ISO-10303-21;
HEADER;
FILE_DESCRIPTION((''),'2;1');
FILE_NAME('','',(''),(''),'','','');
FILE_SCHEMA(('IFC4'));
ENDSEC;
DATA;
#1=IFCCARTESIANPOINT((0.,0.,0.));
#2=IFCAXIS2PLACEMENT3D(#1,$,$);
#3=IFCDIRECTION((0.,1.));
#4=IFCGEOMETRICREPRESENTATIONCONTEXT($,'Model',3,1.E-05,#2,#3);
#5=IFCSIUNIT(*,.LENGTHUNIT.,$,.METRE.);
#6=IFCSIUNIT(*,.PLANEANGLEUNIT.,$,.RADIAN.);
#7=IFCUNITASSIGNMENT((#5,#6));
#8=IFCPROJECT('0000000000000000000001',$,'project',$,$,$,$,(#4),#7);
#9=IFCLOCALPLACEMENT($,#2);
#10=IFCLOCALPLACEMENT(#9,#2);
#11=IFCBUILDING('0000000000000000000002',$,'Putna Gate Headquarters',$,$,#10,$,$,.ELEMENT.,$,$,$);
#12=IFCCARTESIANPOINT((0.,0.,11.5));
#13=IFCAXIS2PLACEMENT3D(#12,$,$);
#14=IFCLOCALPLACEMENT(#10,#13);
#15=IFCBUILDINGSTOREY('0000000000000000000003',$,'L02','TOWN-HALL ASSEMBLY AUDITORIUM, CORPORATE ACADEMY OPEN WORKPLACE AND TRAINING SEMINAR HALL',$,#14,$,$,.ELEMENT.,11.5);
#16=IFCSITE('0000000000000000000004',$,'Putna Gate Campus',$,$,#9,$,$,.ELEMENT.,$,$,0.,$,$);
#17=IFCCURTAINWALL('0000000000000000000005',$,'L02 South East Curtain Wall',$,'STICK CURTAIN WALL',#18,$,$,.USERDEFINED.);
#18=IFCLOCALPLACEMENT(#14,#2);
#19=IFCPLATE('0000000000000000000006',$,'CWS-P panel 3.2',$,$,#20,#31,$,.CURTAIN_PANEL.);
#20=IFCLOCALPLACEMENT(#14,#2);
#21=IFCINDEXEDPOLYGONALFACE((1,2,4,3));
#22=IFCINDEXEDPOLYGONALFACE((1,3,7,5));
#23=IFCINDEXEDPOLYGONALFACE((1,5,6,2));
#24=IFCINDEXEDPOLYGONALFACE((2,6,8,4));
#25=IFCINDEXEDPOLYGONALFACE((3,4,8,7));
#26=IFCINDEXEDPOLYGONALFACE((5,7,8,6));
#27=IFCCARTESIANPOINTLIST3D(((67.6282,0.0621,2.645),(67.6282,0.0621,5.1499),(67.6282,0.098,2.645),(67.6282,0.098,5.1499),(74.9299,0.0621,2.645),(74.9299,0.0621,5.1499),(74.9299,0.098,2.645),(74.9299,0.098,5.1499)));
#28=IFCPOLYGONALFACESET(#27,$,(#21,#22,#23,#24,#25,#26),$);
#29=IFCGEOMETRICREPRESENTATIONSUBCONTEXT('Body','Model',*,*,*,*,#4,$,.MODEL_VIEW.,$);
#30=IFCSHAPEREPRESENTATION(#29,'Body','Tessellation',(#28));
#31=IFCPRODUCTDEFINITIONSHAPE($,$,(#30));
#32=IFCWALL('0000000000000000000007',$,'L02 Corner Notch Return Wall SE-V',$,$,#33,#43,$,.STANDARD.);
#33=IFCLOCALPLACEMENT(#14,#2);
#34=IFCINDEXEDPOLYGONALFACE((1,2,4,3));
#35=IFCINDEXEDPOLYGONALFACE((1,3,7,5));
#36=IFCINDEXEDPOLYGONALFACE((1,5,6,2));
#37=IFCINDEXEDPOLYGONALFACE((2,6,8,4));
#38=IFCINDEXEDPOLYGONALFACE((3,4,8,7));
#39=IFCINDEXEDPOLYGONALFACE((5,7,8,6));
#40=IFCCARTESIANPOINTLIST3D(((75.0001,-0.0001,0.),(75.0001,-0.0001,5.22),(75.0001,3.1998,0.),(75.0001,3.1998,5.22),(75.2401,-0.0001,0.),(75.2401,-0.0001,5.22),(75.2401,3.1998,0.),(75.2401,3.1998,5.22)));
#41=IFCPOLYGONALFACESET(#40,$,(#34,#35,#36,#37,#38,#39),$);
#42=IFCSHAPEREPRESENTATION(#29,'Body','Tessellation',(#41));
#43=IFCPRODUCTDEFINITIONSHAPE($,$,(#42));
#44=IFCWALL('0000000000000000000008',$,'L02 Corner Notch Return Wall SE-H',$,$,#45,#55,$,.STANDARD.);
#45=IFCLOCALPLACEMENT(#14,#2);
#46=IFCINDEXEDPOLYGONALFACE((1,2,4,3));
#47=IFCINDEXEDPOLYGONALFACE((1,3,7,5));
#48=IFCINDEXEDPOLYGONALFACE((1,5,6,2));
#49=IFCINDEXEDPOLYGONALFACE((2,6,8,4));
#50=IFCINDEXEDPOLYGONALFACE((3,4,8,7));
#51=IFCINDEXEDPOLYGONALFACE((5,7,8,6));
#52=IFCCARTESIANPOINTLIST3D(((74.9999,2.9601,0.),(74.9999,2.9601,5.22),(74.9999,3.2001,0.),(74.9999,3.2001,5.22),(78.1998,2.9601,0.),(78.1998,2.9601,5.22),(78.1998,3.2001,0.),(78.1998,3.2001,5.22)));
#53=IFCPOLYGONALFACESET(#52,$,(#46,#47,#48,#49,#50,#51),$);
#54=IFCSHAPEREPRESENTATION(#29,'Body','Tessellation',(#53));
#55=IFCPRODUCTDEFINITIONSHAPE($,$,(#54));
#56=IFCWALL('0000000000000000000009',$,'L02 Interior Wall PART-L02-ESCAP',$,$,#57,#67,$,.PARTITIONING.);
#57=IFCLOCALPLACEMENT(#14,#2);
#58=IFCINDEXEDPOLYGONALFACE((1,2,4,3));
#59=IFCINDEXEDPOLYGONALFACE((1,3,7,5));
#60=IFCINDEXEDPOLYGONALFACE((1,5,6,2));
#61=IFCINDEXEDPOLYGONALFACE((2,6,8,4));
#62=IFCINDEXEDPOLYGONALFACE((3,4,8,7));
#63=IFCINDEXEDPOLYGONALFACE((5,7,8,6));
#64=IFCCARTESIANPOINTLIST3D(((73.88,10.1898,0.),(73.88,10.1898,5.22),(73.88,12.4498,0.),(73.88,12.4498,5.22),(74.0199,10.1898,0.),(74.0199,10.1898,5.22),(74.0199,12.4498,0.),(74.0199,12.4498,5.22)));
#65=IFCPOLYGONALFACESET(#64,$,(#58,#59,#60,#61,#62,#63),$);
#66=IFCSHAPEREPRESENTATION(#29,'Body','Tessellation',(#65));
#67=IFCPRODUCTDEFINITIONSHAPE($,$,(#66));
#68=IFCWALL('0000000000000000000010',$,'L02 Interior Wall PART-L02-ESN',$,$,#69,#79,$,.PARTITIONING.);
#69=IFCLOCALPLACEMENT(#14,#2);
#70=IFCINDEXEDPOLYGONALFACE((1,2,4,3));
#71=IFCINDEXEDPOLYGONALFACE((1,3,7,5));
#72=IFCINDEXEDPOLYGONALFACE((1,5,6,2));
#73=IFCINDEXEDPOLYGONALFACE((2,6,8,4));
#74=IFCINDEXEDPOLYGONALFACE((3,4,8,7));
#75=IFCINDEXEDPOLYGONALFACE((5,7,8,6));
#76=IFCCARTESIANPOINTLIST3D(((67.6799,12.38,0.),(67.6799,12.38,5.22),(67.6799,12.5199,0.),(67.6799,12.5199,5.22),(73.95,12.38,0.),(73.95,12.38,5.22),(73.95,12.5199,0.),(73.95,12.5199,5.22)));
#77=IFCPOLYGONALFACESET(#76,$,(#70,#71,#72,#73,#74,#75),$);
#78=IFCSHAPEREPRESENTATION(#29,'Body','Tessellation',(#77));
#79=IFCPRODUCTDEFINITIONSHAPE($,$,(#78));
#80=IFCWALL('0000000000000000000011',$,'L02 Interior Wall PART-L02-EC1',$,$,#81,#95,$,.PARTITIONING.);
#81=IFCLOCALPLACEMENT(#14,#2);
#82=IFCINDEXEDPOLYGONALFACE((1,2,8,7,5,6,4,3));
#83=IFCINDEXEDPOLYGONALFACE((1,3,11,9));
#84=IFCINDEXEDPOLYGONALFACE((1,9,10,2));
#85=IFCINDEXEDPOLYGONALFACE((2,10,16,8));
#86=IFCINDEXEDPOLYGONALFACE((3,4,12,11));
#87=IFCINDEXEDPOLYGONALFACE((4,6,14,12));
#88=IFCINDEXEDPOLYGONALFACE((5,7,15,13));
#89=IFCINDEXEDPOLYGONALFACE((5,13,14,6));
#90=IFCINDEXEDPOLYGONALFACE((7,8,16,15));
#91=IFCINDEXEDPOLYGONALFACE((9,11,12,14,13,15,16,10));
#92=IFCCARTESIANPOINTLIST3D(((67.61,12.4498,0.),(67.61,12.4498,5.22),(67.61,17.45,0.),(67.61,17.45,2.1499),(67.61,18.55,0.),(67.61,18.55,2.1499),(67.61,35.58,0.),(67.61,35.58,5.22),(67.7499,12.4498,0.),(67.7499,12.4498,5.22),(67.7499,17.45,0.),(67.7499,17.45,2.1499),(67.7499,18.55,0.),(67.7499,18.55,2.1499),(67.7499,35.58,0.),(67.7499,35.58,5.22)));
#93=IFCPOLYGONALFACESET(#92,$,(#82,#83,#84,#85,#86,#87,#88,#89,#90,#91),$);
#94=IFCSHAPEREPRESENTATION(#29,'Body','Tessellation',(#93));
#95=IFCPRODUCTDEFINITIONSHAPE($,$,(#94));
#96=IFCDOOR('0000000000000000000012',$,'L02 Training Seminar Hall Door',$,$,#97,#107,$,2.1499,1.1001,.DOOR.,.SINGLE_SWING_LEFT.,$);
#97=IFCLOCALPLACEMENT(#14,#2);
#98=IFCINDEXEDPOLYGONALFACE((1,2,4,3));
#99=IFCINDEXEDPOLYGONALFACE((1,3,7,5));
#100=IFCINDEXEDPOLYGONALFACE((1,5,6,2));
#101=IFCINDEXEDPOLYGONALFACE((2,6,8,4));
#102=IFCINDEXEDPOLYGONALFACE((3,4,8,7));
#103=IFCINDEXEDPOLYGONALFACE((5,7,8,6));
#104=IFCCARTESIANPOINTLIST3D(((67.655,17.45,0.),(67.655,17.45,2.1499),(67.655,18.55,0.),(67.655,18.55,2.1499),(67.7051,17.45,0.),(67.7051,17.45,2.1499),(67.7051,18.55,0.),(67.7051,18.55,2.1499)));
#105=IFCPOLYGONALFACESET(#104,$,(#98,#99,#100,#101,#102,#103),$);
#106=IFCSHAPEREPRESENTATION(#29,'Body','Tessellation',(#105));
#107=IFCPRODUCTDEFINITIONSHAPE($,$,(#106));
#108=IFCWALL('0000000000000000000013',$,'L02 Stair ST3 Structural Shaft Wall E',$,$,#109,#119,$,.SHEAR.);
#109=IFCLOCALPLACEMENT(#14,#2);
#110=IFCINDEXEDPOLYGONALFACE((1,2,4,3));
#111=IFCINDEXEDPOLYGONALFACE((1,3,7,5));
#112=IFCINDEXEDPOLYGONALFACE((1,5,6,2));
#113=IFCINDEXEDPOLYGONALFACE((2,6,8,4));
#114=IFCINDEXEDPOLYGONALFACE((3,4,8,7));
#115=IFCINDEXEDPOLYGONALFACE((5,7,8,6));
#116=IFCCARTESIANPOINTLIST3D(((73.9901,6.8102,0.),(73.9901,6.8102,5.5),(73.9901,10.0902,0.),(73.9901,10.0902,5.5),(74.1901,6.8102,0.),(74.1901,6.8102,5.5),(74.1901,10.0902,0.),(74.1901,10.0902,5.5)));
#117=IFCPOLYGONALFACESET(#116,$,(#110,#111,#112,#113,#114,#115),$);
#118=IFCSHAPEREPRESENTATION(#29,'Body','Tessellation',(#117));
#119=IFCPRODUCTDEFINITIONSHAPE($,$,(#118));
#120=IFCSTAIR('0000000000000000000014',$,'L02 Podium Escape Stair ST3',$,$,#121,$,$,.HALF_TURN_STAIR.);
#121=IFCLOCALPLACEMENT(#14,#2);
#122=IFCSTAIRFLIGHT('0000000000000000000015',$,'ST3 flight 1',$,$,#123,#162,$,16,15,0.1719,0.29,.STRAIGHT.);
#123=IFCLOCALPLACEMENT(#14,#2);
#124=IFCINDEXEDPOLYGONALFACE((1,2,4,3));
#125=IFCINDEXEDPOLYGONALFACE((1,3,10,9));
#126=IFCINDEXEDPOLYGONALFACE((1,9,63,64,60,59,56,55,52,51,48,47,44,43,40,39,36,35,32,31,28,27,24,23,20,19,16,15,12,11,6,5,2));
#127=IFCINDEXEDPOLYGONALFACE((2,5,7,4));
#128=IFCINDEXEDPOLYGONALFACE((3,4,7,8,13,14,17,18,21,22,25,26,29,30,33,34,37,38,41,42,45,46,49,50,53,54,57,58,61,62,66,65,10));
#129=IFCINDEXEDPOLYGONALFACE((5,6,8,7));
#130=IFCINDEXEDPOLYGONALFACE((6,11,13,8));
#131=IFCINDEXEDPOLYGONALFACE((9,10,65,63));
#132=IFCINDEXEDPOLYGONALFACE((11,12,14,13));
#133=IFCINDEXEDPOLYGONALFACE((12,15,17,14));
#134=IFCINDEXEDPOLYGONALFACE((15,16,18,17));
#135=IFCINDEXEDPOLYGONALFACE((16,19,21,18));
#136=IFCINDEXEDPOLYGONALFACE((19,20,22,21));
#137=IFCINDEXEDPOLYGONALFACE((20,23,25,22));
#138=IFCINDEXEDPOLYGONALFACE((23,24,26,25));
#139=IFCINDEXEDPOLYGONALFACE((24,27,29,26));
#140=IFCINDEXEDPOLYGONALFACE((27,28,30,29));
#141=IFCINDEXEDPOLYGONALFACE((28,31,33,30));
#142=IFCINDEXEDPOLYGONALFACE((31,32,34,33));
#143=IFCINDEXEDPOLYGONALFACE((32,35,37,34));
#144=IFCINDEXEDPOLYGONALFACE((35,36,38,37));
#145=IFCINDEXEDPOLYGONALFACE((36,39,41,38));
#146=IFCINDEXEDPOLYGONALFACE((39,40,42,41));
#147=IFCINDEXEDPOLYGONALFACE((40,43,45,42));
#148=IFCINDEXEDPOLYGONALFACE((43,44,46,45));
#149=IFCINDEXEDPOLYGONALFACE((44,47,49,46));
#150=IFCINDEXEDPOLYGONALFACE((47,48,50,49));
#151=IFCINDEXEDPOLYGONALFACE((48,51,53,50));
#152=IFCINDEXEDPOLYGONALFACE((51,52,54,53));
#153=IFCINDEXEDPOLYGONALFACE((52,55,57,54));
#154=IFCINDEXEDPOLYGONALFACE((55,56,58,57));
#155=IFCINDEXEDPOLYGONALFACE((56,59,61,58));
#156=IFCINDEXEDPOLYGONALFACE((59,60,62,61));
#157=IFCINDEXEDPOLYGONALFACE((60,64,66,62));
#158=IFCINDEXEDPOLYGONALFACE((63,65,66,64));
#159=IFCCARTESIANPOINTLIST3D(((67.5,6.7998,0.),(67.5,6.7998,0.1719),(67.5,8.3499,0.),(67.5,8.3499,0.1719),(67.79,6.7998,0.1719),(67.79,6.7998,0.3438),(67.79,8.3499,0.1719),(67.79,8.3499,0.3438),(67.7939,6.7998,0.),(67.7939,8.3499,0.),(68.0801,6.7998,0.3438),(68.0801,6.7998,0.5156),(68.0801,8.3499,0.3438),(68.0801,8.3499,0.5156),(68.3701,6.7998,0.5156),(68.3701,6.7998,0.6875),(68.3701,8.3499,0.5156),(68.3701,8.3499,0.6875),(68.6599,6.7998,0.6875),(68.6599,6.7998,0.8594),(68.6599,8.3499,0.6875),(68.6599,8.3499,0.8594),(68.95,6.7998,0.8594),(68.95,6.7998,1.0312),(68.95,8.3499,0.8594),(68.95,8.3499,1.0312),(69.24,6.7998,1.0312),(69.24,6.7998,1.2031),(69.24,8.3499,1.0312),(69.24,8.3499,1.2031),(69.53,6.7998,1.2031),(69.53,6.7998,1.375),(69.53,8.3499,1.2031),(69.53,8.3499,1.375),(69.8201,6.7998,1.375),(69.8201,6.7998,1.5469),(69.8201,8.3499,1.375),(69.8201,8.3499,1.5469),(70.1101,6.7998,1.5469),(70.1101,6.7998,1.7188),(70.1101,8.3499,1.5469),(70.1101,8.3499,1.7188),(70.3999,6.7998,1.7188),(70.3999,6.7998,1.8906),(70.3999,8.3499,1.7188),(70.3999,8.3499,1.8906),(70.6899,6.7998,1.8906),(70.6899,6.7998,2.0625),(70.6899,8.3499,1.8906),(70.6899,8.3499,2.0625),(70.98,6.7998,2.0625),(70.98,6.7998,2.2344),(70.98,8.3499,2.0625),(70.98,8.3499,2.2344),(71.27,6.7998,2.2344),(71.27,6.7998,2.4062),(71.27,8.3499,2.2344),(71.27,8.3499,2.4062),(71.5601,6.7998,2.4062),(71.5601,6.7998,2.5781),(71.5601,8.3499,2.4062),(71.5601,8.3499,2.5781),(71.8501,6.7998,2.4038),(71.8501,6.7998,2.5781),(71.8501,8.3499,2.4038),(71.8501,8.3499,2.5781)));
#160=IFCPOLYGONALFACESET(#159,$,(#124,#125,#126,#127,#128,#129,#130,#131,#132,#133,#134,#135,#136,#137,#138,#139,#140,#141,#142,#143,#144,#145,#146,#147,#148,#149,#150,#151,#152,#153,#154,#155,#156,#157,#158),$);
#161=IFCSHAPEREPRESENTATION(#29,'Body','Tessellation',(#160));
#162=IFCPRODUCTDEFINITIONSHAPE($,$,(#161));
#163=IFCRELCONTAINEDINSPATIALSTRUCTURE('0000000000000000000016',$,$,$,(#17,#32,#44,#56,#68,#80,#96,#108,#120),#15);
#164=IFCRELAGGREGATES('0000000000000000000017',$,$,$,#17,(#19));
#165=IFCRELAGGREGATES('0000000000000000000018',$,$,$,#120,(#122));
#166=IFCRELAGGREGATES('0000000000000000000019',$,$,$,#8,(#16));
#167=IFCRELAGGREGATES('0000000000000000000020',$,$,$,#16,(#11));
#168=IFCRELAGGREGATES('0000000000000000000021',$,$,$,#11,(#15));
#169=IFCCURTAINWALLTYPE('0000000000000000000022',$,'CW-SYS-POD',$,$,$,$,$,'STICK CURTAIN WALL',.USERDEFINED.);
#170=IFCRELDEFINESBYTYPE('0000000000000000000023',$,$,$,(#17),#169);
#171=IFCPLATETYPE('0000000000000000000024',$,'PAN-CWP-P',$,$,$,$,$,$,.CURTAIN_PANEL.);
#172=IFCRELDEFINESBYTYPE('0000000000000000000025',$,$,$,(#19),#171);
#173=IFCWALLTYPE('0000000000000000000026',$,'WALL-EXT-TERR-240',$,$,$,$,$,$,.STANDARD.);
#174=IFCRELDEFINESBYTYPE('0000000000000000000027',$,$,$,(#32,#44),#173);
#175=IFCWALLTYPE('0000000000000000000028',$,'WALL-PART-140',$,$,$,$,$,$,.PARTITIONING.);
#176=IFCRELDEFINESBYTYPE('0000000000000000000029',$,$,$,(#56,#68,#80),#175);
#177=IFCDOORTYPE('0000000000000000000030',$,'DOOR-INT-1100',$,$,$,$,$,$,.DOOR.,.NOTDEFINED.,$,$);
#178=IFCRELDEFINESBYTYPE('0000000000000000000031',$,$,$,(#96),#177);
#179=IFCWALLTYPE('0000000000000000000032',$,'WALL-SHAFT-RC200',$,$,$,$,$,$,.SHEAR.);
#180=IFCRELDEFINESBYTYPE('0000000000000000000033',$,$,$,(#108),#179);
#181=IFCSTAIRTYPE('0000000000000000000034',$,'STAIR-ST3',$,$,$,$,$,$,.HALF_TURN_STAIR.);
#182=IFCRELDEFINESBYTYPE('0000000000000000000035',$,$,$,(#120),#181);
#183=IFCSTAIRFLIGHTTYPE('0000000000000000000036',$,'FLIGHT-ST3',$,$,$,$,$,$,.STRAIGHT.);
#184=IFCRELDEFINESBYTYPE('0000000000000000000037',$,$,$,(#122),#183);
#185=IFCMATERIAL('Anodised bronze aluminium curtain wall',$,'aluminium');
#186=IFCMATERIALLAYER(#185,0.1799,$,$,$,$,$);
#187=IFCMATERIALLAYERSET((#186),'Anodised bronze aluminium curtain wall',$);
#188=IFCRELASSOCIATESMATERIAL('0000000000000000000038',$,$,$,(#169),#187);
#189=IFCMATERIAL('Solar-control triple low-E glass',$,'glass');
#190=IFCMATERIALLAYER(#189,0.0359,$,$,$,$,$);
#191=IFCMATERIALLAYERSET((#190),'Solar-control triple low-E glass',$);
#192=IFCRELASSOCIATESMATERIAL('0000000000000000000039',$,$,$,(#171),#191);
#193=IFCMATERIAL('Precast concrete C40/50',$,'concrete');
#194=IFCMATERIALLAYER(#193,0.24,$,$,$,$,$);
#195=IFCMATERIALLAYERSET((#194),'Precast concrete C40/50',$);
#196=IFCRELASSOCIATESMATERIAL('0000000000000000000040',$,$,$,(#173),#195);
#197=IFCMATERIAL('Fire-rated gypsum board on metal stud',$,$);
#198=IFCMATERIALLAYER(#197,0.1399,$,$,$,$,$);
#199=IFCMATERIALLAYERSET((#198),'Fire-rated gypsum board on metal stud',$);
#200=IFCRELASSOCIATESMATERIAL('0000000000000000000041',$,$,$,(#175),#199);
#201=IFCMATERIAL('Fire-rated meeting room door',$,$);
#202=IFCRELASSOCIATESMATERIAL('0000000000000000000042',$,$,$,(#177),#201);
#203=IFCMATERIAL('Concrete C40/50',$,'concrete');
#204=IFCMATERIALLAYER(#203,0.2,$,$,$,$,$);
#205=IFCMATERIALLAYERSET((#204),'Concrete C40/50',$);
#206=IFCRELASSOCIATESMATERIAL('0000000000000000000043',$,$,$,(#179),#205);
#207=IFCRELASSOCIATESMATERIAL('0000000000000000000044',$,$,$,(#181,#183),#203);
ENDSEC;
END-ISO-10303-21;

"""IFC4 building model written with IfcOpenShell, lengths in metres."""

from ifc_helpers import new_model, si_unit, direction, frame, frame_2d, origin, origin_2d, place, context, subcontext, project, spatial, polyline, rectangle, outline, extrude, material, layer, layer_set, type_object, element, fill, aggregate, save


model = new_model("IFC4")

# Units and contexts
model_context = context("Model", 3, precision=1e-05, world=origin(), true_north=direction((0.0, 1.0)))
body_context = subcontext(model_context, "Body", "Model", "MODEL_VIEW")
ifc_project = project(units=[si_unit("LENGTHUNIT", "METRE"), si_unit("PLANEANGLEUNIT", "RADIAN")], contexts=[model_context])

# Site, building, storey
site_placement = place(None, origin())
site = spatial("IfcSite", under=ifc_project, at=site_placement, Name="Putna Gate Campus", CompositionType="ELEMENT", RefElevation=0.0)
building_placement = place(site_placement, origin())
building = spatial("IfcBuilding", under=site, at=building_placement, Name="Putna Gate Headquarters", CompositionType="ELEMENT")
storey_placement = place(building_placement, frame((0.0, 0.0, 11.5)))
storey = spatial("IfcBuildingStorey", under=building, at=storey_placement, Name="L02", Description="TOWN-HALL ASSEMBLY AUDITORIUM, CORPORATE ACADEMY OPEN WORKPLACE AND TRAINING SEMINAR HALL", CompositionType="ELEMENT", Elevation=11.5)

# Curtain wall, plate
ifc_material_1 = material(Name="Anodised bronze aluminium curtain wall", Category="aluminium")
ifc_layer_1 = layer(ifc_material_1, 0.1799)
ifc_layer_set_1 = layer_set([ifc_layer_1], Name="Anodised bronze aluminium curtain wall")
curtain_wall_type = type_object("IfcCurtainWallType", Name="CW-SYS-POD", ElementType="STICK CURTAIN WALL", PredefinedType="USERDEFINED", material=ifc_layer_set_1)
curtain_wall_placement = place(storey_placement, origin())
curtain_wall = element("IfcCurtainWall", 1, at=curtain_wall_placement, inside=storey, type_object=curtain_wall_type, Name="L02 South East Curtain Wall", ObjectType="STICK CURTAIN WALL", PredefinedType="USERDEFINED")
ifc_material_2 = material(Name="Solar-control triple low-E glass", Category="glass")
ifc_layer_2 = layer(ifc_material_2, 0.0359)
ifc_layer_set_2 = layer_set([ifc_layer_2], Name="Solar-control triple low-E glass")
plate_type = type_object("IfcPlateType", Name="PAN-CWP-P", PredefinedType="CURTAIN_PANEL", material=ifc_layer_set_2)
plate_1_placement = place(storey_placement, frame((71.2791, 0.0801, 2.645), z_axis=(0.0, 0.0, 1.0), x_axis=(1.0, 0.0, 0.0)))
plate_1 = element("IfcPlate", 2, at=plate_1_placement, type_object=plate_type, Name="CWS-P panel 3.2", PredefinedType="CURTAIN_PANEL", context=body_context, shape_type="SweptSolid", body=[
    extrude(rectangle(XDim=7.3018, YDim=0.0359, at=origin_2d()), origin(), (0.0, 0.0, 1.0), 2.5049),
])
aggregate(curtain_wall, [plate_1])

# Walls
ifc_material_3 = material(Name="Precast concrete C40/50", Category="concrete")
ifc_layer_3 = layer(ifc_material_3, 0.24)
ifc_layer_set_3 = layer_set([ifc_layer_3], Name="Precast concrete C40/50")
wall_type_1 = type_object("IfcWallType", Name="WALL-EXT-TERR-240", PredefinedType="STANDARD", material=ifc_layer_set_3)
for number, where, z_axis, x_axis, name in (
    (3, (75.1201, 3.2, 0.0), (0.0, 0.0, 1.0), (0.0, -1.0, 0.0), "L02 Corner Notch Return Wall SE-V"),
    (4, (78.2, 3.0801, 0.0), (0.0, 0.0, 1.0), (-1.0, 0.0, 0.0), "L02 Corner Notch Return Wall SE-H"),
):
    element("IfcWall", number, at=place(storey_placement, frame(where, z_axis=z_axis, x_axis=x_axis)), inside=storey, type_object=wall_type_1, Name=name, PredefinedType="STANDARD", context=body_context, shape_type="SweptSolid", body=[
        extrude(rectangle(XDim=3.2, YDim=0.24, at=frame_2d((1.6001, 0.0))), origin(), (0.0, 0.0, 1.0), 5.22),
    ])
ifc_material_4 = material(Name="Fire-rated gypsum board on metal stud")
ifc_layer_4 = layer(ifc_material_4, 0.1399)
ifc_layer_set_4 = layer_set([ifc_layer_4], Name="Fire-rated gypsum board on metal stud")
wall_type_2 = type_object("IfcWallType", Name="WALL-PART-140", PredefinedType="PARTITIONING", material=ifc_layer_set_4)
wall_1_placement = place(storey_placement, frame((73.95, 10.1899, 0.0), z_axis=(0.0, 0.0, 1.0), x_axis=(0.0, 1.0, 0.0)))
element("IfcWall", 5, at=wall_1_placement, inside=storey, type_object=wall_type_2, Name="L02 Interior Wall PART-L02-ESCAP", PredefinedType="PARTITIONING", context=body_context, shape_type="SweptSolid", body=[
    extrude(rectangle(XDim=2.26, YDim=0.1399, at=frame_2d((1.1299, 0.0))), origin(), (0.0, 0.0, 1.0), 5.22),
])
wall_2_placement = place(storey_placement, frame((67.6799, 12.45, 0.0), z_axis=(0.0, 0.0, 1.0), x_axis=(1.0, 0.0, 0.0)))
element("IfcWall", 6, at=wall_2_placement, inside=storey, type_object=wall_type_2, Name="L02 Interior Wall PART-L02-ESN", PredefinedType="PARTITIONING", context=body_context, shape_type="SweptSolid", body=[
    extrude(rectangle(XDim=6.27, YDim=0.1399, at=frame_2d((3.135, 0.0))), origin(), (0.0, 0.0, 1.0), 5.22),
])

# Wall, opening, door
wall_3_placement = place(storey_placement, frame((67.6799, 12.45, 0.0), z_axis=(0.0, 0.0, 1.0), x_axis=(0.0, 1.0, 0.0)))
wall_3 = element("IfcWall", 7, at=wall_3_placement, inside=storey, type_object=wall_type_2, Name="L02 Interior Wall PART-L02-EC1", PredefinedType="PARTITIONING", context=body_context, shape_type="SweptSolid", body=[
    extrude(rectangle(XDim=23.1301, YDim=0.1399, at=frame_2d((11.5649, 0.0))), origin(), (0.0, 0.0, 1.0), 5.22),
])
opening_placement = place(wall_3_placement, frame((5.0, 0.0, 0.0)))
opening = element("IfcOpeningElement", 8, at=opening_placement, cuts=wall_3, PredefinedType="OPENING", context=body_context, shape_type="SweptSolid", body=[
    extrude(rectangle(XDim=1.1001, YDim=2.1499, at=frame_2d((0.55, 1.075))), frame((0.0, 0.0798, 0.0), z_axis=(0.0, -1.0, 0.0), x_axis=(1.0, 0.0, 0.0)), (0.0, 0.0, 1.0), 0.1599),
])
ifc_material_5 = material(Name="Fire-rated meeting room door")
door_type = type_object("IfcDoorType", Name="DOOR-INT-1100", OperationType="NOTDEFINED", PredefinedType="DOOR", material=ifc_material_5)
door_placement = place(opening_placement, origin())
door = element("IfcDoor", 9, at=door_placement, inside=storey, type_object=door_type, Name="L02 Training Seminar Hall Door", OperationType="SINGLE_SWING_LEFT", OverallHeight=2.1499, OverallWidth=1.1001, PredefinedType="DOOR", context=body_context, shape_type="SweptSolid", body=[
    extrude(rectangle(XDim=1.1001, YDim=2.1499, at=frame_2d((0.55, 1.075))), frame((0.0, 0.0249, 0.0), z_axis=(0.0, -1.0, 0.0), x_axis=(1.0, 0.0, 0.0)), (0.0, 0.0, 1.0), 0.05),
])
fill(opening, door)

# Wall
ifc_material_6 = material(Name="Concrete C40/50", Category="concrete")
ifc_layer_5 = layer(ifc_material_6, 0.2)
ifc_layer_set_5 = layer_set([ifc_layer_5], Name="Concrete C40/50")
wall_type_3 = type_object("IfcWallType", Name="WALL-SHAFT-RC200", PredefinedType="SHEAR", material=ifc_layer_set_5)
wall_4_placement = place(storey_placement, frame((74.0901, 6.8101, 0.0), z_axis=(0.0, 0.0, 1.0), x_axis=(0.0, 1.0, 0.0)))
element("IfcWall", 10, at=wall_4_placement, inside=storey, type_object=wall_type_3, Name="L02 Stair ST3 Structural Shaft Wall E", PredefinedType="SHEAR", context=body_context, shape_type="SweptSolid", body=[
    extrude(rectangle(XDim=3.28, YDim=0.2, at=frame_2d((1.6401, 0.0))), origin(), (0.0, 0.0, 1.0), 5.5),
])

# Stair, stair flight
stair_type = type_object("IfcStairType", Name="STAIR-ST3", PredefinedType="HALF_TURN_STAIR", material=ifc_material_6)
stair_placement = place(storey_placement, origin())
stair = element("IfcStair", 11, at=stair_placement, inside=storey, type_object=stair_type, Name="L02 Podium Escape Stair ST3", PredefinedType="HALF_TURN_STAIR")
stair_flight_type = type_object("IfcStairFlightType", Name="FLIGHT-ST3", PredefinedType="STRAIGHT", material=ifc_material_6)
stair_flight_1_placement = place(storey_placement, frame((67.5, 7.575, 0.0), z_axis=(0.0, 0.0, 1.0), x_axis=(1.0, 0.0, 0.0)))
stair_flight_1 = element("IfcStairFlight", 12, at=stair_flight_1_placement, type_object=stair_flight_type, Name="ST3 flight 1", NumberOfRisers=16, NumberOfTreads=15, PredefinedType="STRAIGHT", RiserHeight=0.1719, TreadLength=0.29, context=body_context, shape_type="SweptSolid", body=[
    extrude(outline(polyline([(0.0, 0.0), (0.0, 0.1719), (0.29, 0.1719), (0.29, 0.3438), (0.5801, 0.3438), (0.5801, 0.5156), (0.8701, 0.5156), (0.8701, 0.6875), (1.1599, 0.6875), (1.1599, 0.8594), (1.45, 0.8594), (1.45, 1.0312), (1.74, 1.0312), (1.74, 1.2031), (2.03, 1.2031), (2.03, 1.375), (2.3201, 1.375), (2.3201, 1.5469), (2.6101, 1.5469), (2.6101, 1.7188), (2.8999, 1.7188), (2.8999, 1.8906), (3.1899, 1.8906), (3.1899, 2.0625), (3.48, 2.0625), (3.48, 2.2344), (3.77, 2.2344), (3.77, 2.4062), (4.0601, 2.4062), (4.0601, 2.5781), (4.3501, 2.5781), (4.3501, 2.75), (4.3501, 2.4038), (0.2939, 0.0), (0.0, 0.0)])), frame((0.0, 0.7749, 0.0), z_axis=(0.0, -1.0, 0.0), x_axis=(1.0, 0.0, 0.0)), (0.0, 0.0, 1.0), 1.55),
])
aggregate(stair, [stair_flight_1])

save(model, "model.ifc")
